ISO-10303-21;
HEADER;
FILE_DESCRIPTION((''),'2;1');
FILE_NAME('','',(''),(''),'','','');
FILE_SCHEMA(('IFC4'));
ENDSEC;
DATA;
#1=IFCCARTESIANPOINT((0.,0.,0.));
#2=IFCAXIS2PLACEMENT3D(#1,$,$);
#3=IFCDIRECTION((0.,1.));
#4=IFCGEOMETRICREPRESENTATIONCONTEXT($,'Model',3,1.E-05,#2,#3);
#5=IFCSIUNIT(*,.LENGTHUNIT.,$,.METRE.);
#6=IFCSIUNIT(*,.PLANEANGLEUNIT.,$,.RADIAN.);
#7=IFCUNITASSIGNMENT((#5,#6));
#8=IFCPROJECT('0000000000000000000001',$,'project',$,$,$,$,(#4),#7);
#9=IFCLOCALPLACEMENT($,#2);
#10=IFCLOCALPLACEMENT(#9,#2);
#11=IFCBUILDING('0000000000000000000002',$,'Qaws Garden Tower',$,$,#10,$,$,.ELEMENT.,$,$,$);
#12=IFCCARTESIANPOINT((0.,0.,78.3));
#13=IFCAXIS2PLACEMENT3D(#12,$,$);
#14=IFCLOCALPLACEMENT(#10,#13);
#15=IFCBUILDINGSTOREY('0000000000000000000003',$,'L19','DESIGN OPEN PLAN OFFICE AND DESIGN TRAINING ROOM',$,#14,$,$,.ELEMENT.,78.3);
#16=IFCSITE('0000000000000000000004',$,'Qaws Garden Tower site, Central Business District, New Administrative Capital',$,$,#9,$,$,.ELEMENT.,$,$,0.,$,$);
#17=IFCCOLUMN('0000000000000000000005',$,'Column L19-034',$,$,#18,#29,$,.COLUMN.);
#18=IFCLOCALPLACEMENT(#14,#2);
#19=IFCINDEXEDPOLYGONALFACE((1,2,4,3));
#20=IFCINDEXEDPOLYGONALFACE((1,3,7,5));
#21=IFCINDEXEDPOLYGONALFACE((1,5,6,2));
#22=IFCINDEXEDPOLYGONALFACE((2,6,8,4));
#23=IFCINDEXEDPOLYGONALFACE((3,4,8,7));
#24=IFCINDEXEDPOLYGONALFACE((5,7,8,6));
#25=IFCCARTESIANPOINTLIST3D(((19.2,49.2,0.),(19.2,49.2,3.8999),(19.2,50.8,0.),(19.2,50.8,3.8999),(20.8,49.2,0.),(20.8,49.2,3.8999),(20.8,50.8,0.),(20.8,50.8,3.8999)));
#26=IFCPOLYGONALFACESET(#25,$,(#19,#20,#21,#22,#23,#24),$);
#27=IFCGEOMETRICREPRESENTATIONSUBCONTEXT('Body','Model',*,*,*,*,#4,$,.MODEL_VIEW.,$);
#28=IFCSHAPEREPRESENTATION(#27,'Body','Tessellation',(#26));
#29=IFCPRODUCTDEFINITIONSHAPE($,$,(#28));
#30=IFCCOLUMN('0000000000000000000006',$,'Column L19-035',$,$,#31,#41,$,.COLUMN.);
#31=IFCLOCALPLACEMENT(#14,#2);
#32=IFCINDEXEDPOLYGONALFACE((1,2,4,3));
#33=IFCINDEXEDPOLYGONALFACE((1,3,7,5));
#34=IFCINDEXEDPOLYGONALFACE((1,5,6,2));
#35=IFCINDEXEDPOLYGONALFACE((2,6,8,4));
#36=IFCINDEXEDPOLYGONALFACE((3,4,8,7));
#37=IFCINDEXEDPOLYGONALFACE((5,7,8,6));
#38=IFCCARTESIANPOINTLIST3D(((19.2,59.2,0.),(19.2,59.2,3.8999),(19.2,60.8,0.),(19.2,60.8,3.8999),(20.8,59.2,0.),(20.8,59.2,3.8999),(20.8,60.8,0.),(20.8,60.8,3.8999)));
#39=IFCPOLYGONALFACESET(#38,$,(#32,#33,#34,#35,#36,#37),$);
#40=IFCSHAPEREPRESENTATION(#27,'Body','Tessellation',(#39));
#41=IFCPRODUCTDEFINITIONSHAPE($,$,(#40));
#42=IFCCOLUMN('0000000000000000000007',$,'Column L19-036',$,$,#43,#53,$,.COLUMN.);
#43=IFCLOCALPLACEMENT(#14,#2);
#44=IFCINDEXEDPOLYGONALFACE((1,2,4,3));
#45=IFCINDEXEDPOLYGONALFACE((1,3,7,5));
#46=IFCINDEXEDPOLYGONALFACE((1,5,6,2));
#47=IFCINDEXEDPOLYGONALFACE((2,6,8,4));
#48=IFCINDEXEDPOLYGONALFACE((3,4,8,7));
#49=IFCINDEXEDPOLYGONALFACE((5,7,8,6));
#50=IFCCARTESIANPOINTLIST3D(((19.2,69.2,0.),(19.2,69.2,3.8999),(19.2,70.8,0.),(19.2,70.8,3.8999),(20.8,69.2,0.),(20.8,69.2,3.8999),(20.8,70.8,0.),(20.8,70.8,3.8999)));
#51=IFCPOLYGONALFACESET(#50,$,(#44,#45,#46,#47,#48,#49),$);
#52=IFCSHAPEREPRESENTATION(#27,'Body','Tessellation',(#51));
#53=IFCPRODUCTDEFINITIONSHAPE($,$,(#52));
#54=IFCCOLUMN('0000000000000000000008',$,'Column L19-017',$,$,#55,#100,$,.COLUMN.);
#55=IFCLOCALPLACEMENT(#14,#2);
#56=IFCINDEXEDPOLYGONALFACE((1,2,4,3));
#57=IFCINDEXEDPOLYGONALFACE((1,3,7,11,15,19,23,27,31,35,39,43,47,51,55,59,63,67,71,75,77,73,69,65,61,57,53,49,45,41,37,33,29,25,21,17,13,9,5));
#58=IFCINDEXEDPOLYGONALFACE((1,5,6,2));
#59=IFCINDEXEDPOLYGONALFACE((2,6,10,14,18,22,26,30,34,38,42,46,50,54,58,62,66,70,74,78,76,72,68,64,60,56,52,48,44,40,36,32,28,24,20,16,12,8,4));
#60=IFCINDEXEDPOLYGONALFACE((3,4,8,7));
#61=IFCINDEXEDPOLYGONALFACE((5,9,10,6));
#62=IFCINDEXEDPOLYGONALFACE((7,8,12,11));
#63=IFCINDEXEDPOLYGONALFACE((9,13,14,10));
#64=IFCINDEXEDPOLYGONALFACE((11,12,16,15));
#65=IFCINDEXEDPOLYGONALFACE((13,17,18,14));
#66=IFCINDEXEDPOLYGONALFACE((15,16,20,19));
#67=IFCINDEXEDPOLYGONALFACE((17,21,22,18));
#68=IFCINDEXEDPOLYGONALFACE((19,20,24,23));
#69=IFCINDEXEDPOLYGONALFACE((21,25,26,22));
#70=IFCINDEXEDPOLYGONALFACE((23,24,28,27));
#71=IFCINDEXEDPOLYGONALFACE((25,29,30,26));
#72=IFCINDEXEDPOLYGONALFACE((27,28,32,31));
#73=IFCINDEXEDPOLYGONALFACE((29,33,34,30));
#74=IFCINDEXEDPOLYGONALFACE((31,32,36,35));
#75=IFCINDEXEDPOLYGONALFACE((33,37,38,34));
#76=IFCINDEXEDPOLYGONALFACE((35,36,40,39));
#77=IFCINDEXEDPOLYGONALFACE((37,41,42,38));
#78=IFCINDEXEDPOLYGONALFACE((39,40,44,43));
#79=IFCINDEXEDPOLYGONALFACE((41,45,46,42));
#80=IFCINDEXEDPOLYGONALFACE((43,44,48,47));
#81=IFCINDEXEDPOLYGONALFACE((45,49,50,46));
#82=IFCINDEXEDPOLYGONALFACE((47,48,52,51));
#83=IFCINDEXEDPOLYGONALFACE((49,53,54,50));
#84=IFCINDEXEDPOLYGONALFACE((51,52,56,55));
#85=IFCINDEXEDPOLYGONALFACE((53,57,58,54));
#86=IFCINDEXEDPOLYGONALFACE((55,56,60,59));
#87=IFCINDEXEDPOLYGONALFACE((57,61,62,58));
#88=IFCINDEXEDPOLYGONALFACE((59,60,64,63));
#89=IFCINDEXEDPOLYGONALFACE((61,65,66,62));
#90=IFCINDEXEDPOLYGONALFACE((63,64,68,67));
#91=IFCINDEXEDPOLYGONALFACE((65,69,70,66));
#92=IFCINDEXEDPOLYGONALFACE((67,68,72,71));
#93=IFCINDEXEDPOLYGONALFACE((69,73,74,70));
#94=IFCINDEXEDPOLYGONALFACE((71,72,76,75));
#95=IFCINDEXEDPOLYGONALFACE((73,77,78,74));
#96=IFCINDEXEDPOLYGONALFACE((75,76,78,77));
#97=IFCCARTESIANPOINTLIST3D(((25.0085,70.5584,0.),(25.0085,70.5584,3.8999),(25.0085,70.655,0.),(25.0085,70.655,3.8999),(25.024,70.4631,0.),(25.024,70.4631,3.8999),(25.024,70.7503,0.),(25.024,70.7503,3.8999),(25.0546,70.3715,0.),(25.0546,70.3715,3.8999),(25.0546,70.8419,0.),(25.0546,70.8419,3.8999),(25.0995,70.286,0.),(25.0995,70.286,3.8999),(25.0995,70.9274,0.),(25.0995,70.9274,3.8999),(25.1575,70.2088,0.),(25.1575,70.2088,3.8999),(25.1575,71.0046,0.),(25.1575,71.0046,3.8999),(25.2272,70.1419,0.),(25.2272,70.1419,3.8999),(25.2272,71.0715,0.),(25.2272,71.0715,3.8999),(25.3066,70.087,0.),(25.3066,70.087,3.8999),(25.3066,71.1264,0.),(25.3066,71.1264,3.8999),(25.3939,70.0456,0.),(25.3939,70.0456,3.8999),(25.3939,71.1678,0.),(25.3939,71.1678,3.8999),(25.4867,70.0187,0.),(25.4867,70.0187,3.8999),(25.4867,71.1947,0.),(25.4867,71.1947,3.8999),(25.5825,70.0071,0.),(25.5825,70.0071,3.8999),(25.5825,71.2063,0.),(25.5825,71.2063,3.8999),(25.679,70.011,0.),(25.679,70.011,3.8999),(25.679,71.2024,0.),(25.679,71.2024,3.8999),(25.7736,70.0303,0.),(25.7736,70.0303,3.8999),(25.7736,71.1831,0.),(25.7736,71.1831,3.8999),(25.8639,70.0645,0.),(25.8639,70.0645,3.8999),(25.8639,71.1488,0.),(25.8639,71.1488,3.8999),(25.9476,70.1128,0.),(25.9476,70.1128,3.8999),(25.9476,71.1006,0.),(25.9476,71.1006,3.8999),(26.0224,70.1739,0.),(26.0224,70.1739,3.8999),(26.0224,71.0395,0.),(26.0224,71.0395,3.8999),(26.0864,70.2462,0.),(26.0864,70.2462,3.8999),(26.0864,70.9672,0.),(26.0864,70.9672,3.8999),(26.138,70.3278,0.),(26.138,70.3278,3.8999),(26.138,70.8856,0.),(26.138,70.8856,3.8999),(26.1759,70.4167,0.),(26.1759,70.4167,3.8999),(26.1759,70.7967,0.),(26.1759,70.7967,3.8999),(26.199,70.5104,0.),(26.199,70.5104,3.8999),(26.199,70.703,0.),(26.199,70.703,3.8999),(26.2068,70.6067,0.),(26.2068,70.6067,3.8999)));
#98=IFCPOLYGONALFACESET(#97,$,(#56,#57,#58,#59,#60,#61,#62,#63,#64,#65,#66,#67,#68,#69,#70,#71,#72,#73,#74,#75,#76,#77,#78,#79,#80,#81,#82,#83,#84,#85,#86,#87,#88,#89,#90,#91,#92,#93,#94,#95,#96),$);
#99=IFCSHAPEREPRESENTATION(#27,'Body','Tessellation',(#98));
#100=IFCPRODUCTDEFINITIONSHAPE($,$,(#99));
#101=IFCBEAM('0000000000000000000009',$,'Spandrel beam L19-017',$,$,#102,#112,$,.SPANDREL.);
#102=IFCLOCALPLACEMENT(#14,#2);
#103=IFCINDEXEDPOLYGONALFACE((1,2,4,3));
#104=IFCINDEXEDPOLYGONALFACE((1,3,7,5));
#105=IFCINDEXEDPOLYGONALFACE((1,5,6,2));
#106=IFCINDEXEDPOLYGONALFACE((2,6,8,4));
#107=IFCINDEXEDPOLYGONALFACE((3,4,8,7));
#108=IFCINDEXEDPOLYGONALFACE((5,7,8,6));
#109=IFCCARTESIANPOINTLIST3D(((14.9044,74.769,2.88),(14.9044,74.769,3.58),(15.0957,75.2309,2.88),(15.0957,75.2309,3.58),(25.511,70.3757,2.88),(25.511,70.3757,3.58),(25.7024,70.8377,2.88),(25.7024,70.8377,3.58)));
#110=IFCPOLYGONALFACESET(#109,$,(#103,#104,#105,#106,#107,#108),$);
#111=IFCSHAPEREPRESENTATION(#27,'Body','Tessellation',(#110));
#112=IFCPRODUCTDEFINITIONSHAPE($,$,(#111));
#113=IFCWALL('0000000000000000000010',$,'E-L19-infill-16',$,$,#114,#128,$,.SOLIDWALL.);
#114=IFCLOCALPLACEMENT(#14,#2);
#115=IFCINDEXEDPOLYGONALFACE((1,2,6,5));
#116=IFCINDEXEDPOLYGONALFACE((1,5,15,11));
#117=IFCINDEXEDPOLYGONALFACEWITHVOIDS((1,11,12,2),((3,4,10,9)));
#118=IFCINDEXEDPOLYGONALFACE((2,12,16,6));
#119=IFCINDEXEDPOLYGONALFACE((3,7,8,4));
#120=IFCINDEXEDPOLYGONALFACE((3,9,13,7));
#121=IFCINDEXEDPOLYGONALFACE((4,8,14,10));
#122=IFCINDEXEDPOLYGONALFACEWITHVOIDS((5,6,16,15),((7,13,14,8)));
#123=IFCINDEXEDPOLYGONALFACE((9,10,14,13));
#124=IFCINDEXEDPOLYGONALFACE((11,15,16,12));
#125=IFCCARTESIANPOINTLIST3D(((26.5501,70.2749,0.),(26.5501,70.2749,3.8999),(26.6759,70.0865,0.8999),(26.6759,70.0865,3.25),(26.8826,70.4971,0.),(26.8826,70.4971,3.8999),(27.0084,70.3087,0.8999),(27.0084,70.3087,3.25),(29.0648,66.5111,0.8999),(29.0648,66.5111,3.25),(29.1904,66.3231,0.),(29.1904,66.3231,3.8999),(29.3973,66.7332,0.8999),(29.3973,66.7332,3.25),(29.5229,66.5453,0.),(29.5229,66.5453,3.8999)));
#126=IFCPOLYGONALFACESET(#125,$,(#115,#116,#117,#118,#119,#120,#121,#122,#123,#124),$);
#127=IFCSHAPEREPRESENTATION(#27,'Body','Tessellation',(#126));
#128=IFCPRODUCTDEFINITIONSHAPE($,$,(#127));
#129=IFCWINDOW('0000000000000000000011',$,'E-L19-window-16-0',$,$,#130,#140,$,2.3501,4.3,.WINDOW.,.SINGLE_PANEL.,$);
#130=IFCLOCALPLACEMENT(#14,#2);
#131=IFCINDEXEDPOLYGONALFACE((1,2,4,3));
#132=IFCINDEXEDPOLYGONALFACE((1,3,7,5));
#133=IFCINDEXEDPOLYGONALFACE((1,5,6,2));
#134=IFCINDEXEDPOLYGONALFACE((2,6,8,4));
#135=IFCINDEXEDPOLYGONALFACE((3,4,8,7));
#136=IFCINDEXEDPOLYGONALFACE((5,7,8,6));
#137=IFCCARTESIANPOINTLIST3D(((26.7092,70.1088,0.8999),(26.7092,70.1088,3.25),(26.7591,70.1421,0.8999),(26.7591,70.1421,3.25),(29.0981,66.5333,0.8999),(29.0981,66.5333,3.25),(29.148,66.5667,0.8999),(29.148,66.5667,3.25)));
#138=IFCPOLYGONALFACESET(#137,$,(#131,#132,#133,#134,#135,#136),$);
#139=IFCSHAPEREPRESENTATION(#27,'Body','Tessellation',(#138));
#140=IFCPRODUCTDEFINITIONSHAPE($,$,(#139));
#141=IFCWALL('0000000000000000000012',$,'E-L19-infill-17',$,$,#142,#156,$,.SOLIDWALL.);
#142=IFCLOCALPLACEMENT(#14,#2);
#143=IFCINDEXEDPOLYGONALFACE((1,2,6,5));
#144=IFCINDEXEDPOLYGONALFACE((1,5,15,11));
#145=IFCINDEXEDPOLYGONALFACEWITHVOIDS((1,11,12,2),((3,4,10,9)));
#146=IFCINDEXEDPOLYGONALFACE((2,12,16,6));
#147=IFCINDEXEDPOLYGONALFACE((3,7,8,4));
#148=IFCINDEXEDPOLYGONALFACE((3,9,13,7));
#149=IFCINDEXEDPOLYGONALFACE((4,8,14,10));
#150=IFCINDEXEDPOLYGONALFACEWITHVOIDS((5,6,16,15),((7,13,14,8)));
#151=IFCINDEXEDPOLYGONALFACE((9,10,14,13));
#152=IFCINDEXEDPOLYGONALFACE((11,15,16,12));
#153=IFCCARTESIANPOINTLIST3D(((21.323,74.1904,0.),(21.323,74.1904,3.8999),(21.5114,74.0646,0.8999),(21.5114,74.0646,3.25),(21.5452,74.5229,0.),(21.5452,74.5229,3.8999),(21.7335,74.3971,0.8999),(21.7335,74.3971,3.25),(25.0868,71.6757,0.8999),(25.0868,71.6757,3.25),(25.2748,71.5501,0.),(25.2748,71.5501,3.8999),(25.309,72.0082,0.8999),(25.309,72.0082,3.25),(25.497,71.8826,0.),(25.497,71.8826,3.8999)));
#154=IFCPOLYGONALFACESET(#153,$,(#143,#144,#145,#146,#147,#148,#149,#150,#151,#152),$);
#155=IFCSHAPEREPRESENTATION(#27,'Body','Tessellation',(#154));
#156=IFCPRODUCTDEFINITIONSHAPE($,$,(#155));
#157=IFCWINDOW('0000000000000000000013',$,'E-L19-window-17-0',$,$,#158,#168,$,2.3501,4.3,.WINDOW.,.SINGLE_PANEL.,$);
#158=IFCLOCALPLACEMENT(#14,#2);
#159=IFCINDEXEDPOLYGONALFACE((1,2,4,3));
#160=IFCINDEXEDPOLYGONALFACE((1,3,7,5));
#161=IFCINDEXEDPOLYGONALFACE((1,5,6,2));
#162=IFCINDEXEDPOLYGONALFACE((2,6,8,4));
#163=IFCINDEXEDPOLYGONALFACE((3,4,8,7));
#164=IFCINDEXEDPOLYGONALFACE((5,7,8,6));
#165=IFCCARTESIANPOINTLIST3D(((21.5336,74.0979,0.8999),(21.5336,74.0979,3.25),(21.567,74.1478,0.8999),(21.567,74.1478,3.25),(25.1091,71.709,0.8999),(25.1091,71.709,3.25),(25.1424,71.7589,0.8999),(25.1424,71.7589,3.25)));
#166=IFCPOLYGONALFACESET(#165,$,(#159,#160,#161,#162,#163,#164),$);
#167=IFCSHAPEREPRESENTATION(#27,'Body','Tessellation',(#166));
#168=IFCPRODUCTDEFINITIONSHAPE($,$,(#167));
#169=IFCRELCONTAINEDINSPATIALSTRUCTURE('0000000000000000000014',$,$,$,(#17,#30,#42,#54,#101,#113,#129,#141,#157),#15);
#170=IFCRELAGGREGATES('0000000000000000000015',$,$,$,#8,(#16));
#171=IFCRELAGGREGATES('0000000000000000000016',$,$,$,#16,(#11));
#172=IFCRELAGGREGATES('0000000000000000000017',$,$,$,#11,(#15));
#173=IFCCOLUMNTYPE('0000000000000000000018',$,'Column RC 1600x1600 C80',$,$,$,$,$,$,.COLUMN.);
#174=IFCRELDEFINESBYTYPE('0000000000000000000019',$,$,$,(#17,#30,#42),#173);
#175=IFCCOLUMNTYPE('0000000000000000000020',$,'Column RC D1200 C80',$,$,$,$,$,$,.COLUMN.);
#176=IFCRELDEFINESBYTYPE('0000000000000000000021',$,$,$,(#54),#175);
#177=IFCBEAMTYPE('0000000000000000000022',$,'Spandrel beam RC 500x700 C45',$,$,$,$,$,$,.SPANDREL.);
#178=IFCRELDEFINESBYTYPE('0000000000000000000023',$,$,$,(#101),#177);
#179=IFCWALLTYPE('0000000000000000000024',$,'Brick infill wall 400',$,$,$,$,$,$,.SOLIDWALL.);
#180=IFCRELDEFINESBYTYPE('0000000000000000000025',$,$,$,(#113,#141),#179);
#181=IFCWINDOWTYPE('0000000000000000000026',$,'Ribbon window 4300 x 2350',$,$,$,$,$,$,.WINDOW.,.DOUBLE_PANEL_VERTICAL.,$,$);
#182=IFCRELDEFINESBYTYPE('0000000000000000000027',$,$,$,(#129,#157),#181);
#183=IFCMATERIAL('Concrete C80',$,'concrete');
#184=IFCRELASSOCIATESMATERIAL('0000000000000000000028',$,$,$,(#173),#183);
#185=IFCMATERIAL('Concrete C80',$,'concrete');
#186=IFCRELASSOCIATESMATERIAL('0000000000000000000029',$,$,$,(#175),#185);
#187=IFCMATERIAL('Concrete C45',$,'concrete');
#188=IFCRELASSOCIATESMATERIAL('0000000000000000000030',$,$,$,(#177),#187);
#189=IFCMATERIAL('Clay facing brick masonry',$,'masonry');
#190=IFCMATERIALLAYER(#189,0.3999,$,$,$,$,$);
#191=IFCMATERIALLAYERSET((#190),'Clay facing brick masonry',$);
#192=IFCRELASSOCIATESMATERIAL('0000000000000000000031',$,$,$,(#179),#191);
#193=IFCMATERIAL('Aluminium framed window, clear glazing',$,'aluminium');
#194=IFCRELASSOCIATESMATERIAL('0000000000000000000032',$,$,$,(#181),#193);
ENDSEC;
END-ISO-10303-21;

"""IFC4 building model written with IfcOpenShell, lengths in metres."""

from ifc_helpers import new_model, si_unit, direction, frame, frame_2d, origin, origin_2d, place, context, subcontext, project, spatial, rectangle, circle, extrude, material, layer, layer_set, material_profile, profile_set, type_object, element, fill, save


model = new_model("IFC4")

# Units and contexts
model_context = context("Model", 3, precision=1e-05, world=origin(), true_north=direction((0.0, 1.0)))
body_context = subcontext(model_context, "Body", "Model", "MODEL_VIEW")
ifc_project = project(units=[si_unit("LENGTHUNIT", "METRE"), si_unit("PLANEANGLEUNIT", "RADIAN")], contexts=[model_context])

# Site, building, storey
site_placement = place(None, origin())
site = spatial("IfcSite", under=ifc_project, at=site_placement, Name="Qaws Garden Tower site, Central Business District, New Administrative Capital", CompositionType="ELEMENT", RefElevation=0.0)
building_placement = place(site_placement, origin())
building = spatial("IfcBuilding", under=site, at=building_placement, Name="Qaws Garden Tower", CompositionType="ELEMENT")
storey_placement = place(building_placement, frame((0.0, 0.0, 78.3)))
storey = spatial("IfcBuildingStorey", under=building, at=storey_placement, Name="L19", Description="DESIGN OPEN PLAN OFFICE AND DESIGN TRAINING ROOM", CompositionType="ELEMENT", Elevation=78.3)

# Columns
ifc_material_1 = material(Name="Concrete C80", Category="concrete")
ifc_material_profile_1 = material_profile(ifc_material_1, rectangle(XDim=1.6001, YDim=1.6001, at=origin_2d()), Name="RC 1600x1600")
ifc_profile_set_1 = profile_set([ifc_material_profile_1], Name="Concrete C80")
column_type_1 = type_object("IfcColumnType", Name="Column RC 1600x1600 C80", PredefinedType="COLUMN", material=ifc_profile_set_1)
for number, where, z_axis, x_axis, name in (
    (1, (20.0, 50.0, 0.0), (0.0, 0.0, 1.0), (1.0, 0.0, 0.0), "Column L19-034"),
    (2, (20.0, 60.0, 0.0), (0.0, 0.0, 1.0), (1.0, 0.0, 0.0), "Column L19-035"),
    (3, (20.0, 70.0, 0.0), (0.0, 0.0, 1.0), (1.0, 0.0, 0.0), "Column L19-036"),
):
    element("IfcColumn", number, at=place(storey_placement, frame(where, z_axis=z_axis, x_axis=x_axis)), inside=storey, type_object=column_type_1, Name=name, PredefinedType="COLUMN", context=body_context, shape_type="SweptSolid", body=[
        extrude(rectangle(XDim=1.6001, YDim=1.6001, at=origin_2d()), origin(), (0.0, 0.0, 1.0), 3.8999),
    ])
ifc_material_2 = material(Name="Concrete C80", Category="concrete")
ifc_material_profile_2 = material_profile(ifc_material_2, circle(Radius=0.6001, at=origin_2d()), Name="RC D1200")
ifc_profile_set_2 = profile_set([ifc_material_profile_2], Name="Concrete C80")
column_type_2 = type_object("IfcColumnType", Name="Column RC D1200 C80", PredefinedType="COLUMN", material=ifc_profile_set_2)
column_placement = place(storey_placement, frame((25.6067, 70.6067, 0.0), z_axis=(0.0, 0.0, 1.0), x_axis=(1.0, 0.0, 0.0)))
element("IfcColumn", 4, at=column_placement, inside=storey, type_object=column_type_2, Name="Column L19-017", PredefinedType="COLUMN", context=body_context, shape_type="SweptSolid", body=[
    extrude(circle(Radius=0.6001, at=origin_2d()), origin(), (0.0, 0.0, 1.0), 3.8999),
])

# Beam
ifc_material_3 = material(Name="Concrete C45", Category="concrete")
ifc_material_profile_3 = material_profile(ifc_material_3, rectangle(XDim=0.5, YDim=0.7, at=origin_2d()), Name="RC 500x700")
ifc_profile_set_3 = profile_set([ifc_material_profile_3], Name="Concrete C45")
beam_type = type_object("IfcBeamType", Name="Spandrel beam RC 500x700 C45", PredefinedType="SPANDREL", material=ifc_profile_set_3)
beam_placement = place(storey_placement, frame((25.6067, 70.6067, 3.23), z_axis=(-0.923883, 0.382674, 0.0), x_axis=(-0.382674, -0.923883, 0.0)))
element("IfcBeam", 5, at=beam_placement, inside=storey, type_object=beam_type, Name="Spandrel beam L19-017", PredefinedType="SPANDREL", context=body_context, shape_type="SweptSolid", body=[
    extrude(rectangle(XDim=0.5, YDim=0.7, at=origin_2d()), origin(), (0.0, 0.0, 1.0), 11.4805),
])

# Walls, openings, windows
ifc_material_4 = material(Name="Clay facing brick masonry", Category="masonry")
ifc_layer_1 = layer(ifc_material_4, 0.3999)
ifc_layer_set_1 = layer_set([ifc_layer_1], Name="Clay facing brick masonry")
wall_type_1 = type_object("IfcWallType", Name="Brick infill wall 400", PredefinedType="SOLIDWALL", material=ifc_layer_set_1)
wall_1_placement = place(storey_placement, frame((29.3567, 66.4341, 0.0), z_axis=(0.0, 0.0, 1.0), x_axis=(-0.555542, 0.831489, 0.0)))
wall_1 = element("IfcWall", 6, at=wall_1_placement, inside=storey, type_object=wall_type_1, Name="E-L19-infill-16", PredefinedType="SOLIDWALL", context=body_context, shape_type="SweptSolid", body=[
    extrude(rectangle(XDim=4.7527, YDim=0.3999, at=frame_2d((2.3765, 0.0))), origin(), (0.0, 0.0, 1.0), 3.8999),
])
opening_1_placement = place(wall_1_placement, frame((0.2263, 0.0, 0.8999)))
opening_1 = element("IfcOpeningElement", 7, at=opening_1_placement, cuts=wall_1, PredefinedType="OPENING", context=body_context, shape_type="SweptSolid", body=[
    extrude(rectangle(XDim=4.3, YDim=2.3501, at=frame_2d((2.1499, 1.175))), frame((0.0, 0.21, 0.0), z_axis=(0.0, -1.0, 0.0), x_axis=(1.0, 0.0, 0.0)), (0.0, 0.0, 1.0), 0.4199),
])
ifc_material_5 = material(Name="Aluminium framed window, clear glazing", Category="aluminium")
window_type = type_object("IfcWindowType", Name="Ribbon window 4300 x 2350", PartitioningType="DOUBLE_PANEL_VERTICAL", PredefinedType="WINDOW", material=ifc_material_5)
window_1_placement = place(opening_1_placement, origin())
window_1 = element("IfcWindow", 8, at=window_1_placement, inside=storey, type_object=window_type, Name="E-L19-window-16-0", OverallHeight=2.3501, OverallWidth=4.3, PartitioningType="SINGLE_PANEL", PredefinedType="WINDOW", context=body_context, shape_type="SweptSolid", body=[
    extrude(rectangle(XDim=4.3, YDim=2.3501, at=frame_2d((2.1499, 1.175))), frame((0.0, 0.1599, 0.0), z_axis=(0.0, -1.0, 0.0), x_axis=(1.0, 0.0, 0.0)), (0.0, 0.0, 1.0), 0.0601),
])
fill(opening_1, window_1)
wall_2_placement = place(storey_placement, frame((25.386, 71.7163, 0.0), z_axis=(0.0, 0.0, 1.0), x_axis=(-0.831489, 0.555542, 0.0)))
wall_2 = element("IfcWall", 9, at=wall_2_placement, inside=storey, type_object=wall_type_1, Name="E-L19-infill-17", PredefinedType="SOLIDWALL", context=body_context, shape_type="SweptSolid", body=[
    extrude(rectangle(XDim=4.7527, YDim=0.3999, at=frame_2d((2.3765, 0.0))), origin(), (0.0, 0.0, 1.0), 3.8999),
])
opening_2_placement = place(wall_2_placement, frame((0.2263, 0.0, 0.8999)))
opening_2 = element("IfcOpeningElement", 10, at=opening_2_placement, cuts=wall_2, PredefinedType="OPENING", context=body_context, shape_type="SweptSolid", body=[
    extrude(rectangle(XDim=4.3, YDim=2.3501, at=frame_2d((2.1499, 1.175))), frame((0.0, 0.21, 0.0), z_axis=(0.0, -1.0, 0.0), x_axis=(1.0, 0.0, 0.0)), (0.0, 0.0, 1.0), 0.4199),
])
window_2_placement = place(opening_2_placement, origin())
window_2 = element("IfcWindow", 11, at=window_2_placement, inside=storey, type_object=window_type, Name="E-L19-window-17-0", OverallHeight=2.3501, OverallWidth=4.3, PartitioningType="SINGLE_PANEL", PredefinedType="WINDOW", context=body_context, shape_type="SweptSolid", body=[
    extrude(rectangle(XDim=4.3, YDim=2.3501, at=frame_2d((2.1499, 1.175))), frame((0.0, 0.1599, 0.0), z_axis=(0.0, -1.0, 0.0), x_axis=(1.0, 0.0, 0.0)), (0.0, 0.0, 1.0), 0.0601),
])
fill(opening_2, window_2)

save(model, "model.ifc")
